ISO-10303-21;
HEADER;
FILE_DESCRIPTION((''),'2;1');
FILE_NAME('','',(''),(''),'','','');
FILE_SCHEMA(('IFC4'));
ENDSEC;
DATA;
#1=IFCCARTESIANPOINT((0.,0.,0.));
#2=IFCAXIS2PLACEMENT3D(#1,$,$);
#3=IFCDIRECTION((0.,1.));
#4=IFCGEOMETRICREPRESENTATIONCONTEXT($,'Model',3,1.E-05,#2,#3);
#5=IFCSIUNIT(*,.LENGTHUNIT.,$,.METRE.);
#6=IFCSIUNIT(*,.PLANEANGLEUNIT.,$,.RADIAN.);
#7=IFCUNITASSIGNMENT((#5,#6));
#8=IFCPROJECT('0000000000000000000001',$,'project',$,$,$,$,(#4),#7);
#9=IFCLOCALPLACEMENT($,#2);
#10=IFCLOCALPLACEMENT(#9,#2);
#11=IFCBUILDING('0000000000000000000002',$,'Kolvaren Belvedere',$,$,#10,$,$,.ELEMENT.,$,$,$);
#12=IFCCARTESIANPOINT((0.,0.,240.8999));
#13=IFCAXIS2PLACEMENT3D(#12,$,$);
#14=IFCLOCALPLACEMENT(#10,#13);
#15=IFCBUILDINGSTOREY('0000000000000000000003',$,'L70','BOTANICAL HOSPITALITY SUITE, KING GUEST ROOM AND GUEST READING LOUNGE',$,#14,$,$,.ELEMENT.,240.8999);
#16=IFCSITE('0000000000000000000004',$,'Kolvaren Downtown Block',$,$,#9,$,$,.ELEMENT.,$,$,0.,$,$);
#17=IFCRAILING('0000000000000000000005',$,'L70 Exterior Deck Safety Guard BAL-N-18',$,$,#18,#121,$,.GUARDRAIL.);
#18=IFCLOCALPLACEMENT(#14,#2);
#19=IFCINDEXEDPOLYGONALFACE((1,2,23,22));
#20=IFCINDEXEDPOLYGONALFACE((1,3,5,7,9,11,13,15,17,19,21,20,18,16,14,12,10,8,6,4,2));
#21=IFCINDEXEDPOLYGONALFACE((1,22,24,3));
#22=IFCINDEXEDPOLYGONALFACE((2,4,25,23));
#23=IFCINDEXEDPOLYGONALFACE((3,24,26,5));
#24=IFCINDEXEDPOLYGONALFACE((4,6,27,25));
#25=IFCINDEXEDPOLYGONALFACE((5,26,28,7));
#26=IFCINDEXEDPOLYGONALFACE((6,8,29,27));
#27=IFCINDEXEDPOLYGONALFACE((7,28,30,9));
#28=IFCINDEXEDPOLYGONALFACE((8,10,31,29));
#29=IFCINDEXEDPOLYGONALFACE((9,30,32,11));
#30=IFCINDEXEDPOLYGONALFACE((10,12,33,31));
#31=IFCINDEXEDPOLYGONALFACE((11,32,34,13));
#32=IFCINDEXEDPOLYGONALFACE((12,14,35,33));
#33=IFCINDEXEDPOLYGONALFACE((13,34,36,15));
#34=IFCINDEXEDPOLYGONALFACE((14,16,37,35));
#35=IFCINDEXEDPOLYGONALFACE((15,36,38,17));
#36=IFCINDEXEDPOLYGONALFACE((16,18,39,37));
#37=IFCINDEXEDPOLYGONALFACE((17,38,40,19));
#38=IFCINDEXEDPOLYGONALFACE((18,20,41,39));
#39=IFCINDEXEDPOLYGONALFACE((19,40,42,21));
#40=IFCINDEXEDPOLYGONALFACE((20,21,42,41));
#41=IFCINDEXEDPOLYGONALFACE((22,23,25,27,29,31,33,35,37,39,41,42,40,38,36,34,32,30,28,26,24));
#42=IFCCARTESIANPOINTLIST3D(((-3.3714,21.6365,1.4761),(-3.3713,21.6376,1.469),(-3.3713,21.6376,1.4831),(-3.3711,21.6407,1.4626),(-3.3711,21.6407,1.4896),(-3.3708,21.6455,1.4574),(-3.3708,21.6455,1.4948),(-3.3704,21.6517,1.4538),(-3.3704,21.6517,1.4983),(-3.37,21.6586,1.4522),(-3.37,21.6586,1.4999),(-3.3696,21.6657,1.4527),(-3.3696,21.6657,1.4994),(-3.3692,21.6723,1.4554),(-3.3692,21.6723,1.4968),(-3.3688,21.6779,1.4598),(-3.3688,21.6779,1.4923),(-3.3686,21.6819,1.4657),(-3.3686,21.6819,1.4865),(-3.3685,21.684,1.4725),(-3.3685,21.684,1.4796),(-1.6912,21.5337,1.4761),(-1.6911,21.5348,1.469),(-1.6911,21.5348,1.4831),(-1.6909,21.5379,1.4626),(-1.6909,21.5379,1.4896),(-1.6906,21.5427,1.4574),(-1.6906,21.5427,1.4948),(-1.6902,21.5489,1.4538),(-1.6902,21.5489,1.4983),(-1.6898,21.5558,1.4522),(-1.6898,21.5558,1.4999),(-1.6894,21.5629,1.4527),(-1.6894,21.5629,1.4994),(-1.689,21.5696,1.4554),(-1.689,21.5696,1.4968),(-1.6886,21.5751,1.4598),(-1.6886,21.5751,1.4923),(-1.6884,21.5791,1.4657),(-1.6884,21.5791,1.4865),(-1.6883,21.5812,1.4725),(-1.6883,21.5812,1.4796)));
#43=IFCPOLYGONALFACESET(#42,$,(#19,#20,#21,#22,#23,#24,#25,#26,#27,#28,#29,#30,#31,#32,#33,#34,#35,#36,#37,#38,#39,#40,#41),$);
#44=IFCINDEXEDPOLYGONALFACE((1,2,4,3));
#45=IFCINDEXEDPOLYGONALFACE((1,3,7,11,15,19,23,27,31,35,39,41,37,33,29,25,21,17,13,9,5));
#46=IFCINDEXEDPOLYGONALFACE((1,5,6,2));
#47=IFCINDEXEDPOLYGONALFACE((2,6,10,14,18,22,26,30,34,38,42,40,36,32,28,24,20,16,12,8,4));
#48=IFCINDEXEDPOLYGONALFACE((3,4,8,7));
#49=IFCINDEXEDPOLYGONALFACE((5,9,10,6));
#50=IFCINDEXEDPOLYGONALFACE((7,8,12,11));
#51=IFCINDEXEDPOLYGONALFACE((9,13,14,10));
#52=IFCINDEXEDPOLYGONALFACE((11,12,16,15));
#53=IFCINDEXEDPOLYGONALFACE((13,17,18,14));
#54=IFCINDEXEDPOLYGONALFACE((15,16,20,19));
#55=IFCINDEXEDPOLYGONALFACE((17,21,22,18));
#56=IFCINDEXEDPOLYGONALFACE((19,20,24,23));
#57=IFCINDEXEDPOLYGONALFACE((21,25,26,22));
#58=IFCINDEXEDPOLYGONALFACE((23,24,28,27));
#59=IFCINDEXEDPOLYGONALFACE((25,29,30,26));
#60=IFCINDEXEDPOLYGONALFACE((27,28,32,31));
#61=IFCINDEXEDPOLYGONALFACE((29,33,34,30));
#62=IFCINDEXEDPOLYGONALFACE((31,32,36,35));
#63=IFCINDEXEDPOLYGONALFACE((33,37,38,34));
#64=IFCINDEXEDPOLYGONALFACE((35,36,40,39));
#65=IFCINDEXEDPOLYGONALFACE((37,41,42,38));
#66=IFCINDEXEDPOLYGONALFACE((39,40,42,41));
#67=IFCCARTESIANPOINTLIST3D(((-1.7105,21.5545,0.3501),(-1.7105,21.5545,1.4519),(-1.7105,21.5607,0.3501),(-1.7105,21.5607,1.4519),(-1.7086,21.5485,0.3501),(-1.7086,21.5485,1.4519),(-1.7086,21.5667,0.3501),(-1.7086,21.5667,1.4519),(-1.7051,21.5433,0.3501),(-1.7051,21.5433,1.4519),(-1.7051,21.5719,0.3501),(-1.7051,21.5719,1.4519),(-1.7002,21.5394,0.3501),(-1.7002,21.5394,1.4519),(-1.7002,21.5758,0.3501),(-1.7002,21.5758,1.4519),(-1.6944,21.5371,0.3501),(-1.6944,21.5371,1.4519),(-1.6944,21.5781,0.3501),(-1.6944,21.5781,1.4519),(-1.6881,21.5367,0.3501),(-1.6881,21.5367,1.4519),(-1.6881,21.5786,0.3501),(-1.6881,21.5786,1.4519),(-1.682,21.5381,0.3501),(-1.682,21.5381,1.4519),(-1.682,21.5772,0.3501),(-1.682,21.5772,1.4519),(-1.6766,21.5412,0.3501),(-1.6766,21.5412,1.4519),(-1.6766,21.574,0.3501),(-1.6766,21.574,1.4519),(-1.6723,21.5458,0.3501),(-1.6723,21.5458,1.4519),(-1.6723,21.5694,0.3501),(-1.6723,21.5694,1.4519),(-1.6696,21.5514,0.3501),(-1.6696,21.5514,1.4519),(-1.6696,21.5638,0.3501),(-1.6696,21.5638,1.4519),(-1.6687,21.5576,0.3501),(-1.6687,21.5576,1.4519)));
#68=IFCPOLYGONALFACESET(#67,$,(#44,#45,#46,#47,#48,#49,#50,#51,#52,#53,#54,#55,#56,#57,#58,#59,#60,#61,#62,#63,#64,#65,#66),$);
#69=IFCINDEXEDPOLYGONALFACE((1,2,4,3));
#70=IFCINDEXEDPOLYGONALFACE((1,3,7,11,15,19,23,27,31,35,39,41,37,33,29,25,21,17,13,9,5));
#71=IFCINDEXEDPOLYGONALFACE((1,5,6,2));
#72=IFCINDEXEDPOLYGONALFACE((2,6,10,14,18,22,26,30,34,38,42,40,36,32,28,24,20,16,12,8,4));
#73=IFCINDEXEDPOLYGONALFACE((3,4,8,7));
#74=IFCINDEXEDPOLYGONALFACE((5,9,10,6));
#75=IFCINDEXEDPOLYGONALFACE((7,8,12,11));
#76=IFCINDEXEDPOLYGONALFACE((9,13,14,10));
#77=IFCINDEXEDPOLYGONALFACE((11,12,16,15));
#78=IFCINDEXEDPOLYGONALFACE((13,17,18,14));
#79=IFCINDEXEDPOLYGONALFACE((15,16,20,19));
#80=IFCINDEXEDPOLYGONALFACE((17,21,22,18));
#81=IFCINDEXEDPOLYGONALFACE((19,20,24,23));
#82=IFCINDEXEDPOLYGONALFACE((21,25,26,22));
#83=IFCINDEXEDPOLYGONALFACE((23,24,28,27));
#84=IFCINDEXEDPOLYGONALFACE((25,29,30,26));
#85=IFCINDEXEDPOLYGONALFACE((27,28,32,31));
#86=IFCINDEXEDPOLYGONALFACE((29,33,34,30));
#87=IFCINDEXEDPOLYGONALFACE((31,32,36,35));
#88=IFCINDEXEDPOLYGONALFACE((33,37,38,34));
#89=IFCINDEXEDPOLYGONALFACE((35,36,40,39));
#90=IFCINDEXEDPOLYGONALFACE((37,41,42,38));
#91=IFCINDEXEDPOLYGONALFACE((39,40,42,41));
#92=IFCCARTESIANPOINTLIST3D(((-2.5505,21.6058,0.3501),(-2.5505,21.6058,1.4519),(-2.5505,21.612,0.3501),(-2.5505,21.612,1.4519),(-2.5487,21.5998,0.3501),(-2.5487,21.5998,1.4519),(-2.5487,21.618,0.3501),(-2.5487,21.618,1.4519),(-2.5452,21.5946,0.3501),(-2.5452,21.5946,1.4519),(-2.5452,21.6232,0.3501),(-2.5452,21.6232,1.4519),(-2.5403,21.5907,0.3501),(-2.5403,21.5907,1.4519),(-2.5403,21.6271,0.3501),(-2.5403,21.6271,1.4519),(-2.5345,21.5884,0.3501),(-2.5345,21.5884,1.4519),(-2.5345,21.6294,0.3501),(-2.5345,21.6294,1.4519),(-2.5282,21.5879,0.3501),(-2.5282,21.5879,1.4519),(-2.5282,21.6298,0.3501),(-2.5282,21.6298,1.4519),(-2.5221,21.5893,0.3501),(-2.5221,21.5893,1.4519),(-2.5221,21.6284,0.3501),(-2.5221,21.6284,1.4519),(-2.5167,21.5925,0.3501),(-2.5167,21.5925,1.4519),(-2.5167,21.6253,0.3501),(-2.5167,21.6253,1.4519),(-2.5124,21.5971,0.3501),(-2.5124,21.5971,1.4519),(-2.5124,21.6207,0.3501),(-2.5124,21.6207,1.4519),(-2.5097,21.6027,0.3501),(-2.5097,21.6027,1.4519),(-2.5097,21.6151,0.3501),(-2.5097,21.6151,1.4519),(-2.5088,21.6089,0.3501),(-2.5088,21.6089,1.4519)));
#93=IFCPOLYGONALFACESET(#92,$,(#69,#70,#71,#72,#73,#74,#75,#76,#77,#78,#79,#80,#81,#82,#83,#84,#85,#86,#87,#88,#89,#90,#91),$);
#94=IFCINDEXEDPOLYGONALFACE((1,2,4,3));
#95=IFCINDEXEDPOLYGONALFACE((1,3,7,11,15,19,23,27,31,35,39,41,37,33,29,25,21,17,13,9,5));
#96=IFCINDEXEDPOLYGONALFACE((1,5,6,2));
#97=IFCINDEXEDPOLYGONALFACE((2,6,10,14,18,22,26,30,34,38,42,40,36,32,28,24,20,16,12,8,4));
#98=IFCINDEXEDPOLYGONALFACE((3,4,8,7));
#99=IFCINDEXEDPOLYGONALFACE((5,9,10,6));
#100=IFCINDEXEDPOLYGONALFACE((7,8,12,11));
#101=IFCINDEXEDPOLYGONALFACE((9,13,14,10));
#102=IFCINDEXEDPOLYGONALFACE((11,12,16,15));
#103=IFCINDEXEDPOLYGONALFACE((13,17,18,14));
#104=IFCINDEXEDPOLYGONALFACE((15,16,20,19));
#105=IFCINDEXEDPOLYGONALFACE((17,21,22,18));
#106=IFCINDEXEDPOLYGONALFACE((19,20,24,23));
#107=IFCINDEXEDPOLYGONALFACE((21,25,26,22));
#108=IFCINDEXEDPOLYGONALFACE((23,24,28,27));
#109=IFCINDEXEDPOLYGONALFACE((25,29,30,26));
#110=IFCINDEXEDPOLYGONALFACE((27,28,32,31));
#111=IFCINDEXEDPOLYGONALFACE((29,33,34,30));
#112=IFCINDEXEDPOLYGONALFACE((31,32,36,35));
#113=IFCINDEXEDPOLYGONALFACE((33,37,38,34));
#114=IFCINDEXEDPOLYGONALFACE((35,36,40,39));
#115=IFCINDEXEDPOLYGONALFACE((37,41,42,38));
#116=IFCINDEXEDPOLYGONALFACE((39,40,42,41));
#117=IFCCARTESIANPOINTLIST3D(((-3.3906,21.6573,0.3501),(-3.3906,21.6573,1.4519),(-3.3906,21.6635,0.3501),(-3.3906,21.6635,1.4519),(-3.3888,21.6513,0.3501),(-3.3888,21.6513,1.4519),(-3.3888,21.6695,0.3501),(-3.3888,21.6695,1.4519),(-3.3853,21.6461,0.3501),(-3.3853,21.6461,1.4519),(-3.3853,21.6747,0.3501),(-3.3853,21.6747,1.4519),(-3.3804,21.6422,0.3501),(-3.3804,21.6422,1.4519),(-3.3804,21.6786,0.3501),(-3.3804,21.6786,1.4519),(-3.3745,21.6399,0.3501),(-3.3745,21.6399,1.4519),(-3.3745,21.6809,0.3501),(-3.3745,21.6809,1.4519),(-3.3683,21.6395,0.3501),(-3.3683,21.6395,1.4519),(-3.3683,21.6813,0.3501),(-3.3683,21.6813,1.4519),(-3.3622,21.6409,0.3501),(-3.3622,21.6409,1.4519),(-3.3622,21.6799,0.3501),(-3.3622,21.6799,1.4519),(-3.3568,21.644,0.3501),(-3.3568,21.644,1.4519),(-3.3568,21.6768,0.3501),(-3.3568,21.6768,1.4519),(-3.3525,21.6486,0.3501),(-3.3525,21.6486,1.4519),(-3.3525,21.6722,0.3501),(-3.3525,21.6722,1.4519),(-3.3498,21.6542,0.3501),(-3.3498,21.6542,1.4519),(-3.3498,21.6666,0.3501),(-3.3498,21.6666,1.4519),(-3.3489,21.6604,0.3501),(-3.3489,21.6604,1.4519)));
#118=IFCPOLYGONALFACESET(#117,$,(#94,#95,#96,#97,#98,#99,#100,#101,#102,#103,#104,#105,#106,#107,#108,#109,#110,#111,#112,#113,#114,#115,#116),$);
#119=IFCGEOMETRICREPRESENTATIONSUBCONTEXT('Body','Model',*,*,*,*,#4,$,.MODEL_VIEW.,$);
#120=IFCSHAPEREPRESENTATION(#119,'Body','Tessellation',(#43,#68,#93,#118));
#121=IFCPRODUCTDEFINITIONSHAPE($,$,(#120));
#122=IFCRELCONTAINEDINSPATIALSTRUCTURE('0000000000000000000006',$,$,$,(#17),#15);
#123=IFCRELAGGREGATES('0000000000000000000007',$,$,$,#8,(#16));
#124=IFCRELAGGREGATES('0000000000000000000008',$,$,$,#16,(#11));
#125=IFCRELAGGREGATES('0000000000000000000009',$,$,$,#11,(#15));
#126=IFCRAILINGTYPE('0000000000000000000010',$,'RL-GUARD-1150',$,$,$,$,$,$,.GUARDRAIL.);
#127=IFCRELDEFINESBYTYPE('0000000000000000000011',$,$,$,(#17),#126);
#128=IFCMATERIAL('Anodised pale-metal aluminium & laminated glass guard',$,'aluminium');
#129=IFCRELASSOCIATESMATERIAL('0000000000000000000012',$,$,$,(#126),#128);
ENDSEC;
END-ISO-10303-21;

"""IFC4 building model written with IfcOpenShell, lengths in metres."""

from ifc_helpers import new_model, si_unit, direction, frame, origin, origin_2d, place, context, subcontext, project, spatial, circle, extrude, material, type_object, element, save


model = new_model("IFC4")

# Units and contexts
model_context = context("Model", 3, precision=1e-05, world=origin(), true_north=direction((0.0, 1.0)))
body_context = subcontext(model_context, "Body", "Model", "MODEL_VIEW")
ifc_project = project(units=[si_unit("LENGTHUNIT", "METRE"), si_unit("PLANEANGLEUNIT", "RADIAN")], contexts=[model_context])

# Site, building, storey
site_placement = place(None, origin())
site = spatial("IfcSite", under=ifc_project, at=site_placement, Name="Kolvaren Downtown Block", CompositionType="ELEMENT", RefElevation=0.0)
building_placement = place(site_placement, origin())
building = spatial("IfcBuilding", under=site, at=building_placement, Name="Kolvaren Belvedere", CompositionType="ELEMENT")
storey_placement = place(building_placement, frame((0.0, 0.0, 240.8999)))
storey = spatial("IfcBuildingStorey", under=building, at=storey_placement, Name="L70", Description="BOTANICAL HOSPITALITY SUITE, KING GUEST ROOM AND GUEST READING LOUNGE", CompositionType="ELEMENT", Elevation=240.8999)

# Railing
ifc_material_1 = material(Name="Anodised pale-metal aluminium & laminated glass guard", Category="aluminium")
railing_type = type_object("IfcRailingType", Name="RL-GUARD-1150", PredefinedType="GUARDRAIL", material=ifc_material_1)
railing_1_placement = place(storey_placement, frame((-1.6897, 21.5576, 0.3501)))
element("IfcRailing", 1, at=railing_1_placement, inside=storey, type_object=railing_type, Name="L70 Exterior Deck Safety Guard BAL-N-18", PredefinedType="GUARDRAIL", context=body_context, shape_type="SweptSolid", body=[
    extrude(circle(Radius=0.0239, at=origin_2d()), frame((0.0, 0.0, 1.126), z_axis=(-0.998134, 0.06106, 0.0), x_axis=(-0.06106, -0.998134, 0.0)), (0.0, 0.0, 1.0), 1.6833),
    extrude(circle(Radius=0.021, at=origin_2d()), origin(), (0.0, 0.0, 1.0), 1.1018),
    extrude(circle(Radius=0.021, at=origin_2d()), frame((-0.8401, 0.0513, 0.0)), (0.0, 0.0, 1.0), 1.1018),
    extrude(circle(Radius=0.021, at=origin_2d()), frame((-1.6802, 0.1028, 0.0)), (0.0, 0.0, 1.0), 1.1018),
])

save(model, "model.ifc")
